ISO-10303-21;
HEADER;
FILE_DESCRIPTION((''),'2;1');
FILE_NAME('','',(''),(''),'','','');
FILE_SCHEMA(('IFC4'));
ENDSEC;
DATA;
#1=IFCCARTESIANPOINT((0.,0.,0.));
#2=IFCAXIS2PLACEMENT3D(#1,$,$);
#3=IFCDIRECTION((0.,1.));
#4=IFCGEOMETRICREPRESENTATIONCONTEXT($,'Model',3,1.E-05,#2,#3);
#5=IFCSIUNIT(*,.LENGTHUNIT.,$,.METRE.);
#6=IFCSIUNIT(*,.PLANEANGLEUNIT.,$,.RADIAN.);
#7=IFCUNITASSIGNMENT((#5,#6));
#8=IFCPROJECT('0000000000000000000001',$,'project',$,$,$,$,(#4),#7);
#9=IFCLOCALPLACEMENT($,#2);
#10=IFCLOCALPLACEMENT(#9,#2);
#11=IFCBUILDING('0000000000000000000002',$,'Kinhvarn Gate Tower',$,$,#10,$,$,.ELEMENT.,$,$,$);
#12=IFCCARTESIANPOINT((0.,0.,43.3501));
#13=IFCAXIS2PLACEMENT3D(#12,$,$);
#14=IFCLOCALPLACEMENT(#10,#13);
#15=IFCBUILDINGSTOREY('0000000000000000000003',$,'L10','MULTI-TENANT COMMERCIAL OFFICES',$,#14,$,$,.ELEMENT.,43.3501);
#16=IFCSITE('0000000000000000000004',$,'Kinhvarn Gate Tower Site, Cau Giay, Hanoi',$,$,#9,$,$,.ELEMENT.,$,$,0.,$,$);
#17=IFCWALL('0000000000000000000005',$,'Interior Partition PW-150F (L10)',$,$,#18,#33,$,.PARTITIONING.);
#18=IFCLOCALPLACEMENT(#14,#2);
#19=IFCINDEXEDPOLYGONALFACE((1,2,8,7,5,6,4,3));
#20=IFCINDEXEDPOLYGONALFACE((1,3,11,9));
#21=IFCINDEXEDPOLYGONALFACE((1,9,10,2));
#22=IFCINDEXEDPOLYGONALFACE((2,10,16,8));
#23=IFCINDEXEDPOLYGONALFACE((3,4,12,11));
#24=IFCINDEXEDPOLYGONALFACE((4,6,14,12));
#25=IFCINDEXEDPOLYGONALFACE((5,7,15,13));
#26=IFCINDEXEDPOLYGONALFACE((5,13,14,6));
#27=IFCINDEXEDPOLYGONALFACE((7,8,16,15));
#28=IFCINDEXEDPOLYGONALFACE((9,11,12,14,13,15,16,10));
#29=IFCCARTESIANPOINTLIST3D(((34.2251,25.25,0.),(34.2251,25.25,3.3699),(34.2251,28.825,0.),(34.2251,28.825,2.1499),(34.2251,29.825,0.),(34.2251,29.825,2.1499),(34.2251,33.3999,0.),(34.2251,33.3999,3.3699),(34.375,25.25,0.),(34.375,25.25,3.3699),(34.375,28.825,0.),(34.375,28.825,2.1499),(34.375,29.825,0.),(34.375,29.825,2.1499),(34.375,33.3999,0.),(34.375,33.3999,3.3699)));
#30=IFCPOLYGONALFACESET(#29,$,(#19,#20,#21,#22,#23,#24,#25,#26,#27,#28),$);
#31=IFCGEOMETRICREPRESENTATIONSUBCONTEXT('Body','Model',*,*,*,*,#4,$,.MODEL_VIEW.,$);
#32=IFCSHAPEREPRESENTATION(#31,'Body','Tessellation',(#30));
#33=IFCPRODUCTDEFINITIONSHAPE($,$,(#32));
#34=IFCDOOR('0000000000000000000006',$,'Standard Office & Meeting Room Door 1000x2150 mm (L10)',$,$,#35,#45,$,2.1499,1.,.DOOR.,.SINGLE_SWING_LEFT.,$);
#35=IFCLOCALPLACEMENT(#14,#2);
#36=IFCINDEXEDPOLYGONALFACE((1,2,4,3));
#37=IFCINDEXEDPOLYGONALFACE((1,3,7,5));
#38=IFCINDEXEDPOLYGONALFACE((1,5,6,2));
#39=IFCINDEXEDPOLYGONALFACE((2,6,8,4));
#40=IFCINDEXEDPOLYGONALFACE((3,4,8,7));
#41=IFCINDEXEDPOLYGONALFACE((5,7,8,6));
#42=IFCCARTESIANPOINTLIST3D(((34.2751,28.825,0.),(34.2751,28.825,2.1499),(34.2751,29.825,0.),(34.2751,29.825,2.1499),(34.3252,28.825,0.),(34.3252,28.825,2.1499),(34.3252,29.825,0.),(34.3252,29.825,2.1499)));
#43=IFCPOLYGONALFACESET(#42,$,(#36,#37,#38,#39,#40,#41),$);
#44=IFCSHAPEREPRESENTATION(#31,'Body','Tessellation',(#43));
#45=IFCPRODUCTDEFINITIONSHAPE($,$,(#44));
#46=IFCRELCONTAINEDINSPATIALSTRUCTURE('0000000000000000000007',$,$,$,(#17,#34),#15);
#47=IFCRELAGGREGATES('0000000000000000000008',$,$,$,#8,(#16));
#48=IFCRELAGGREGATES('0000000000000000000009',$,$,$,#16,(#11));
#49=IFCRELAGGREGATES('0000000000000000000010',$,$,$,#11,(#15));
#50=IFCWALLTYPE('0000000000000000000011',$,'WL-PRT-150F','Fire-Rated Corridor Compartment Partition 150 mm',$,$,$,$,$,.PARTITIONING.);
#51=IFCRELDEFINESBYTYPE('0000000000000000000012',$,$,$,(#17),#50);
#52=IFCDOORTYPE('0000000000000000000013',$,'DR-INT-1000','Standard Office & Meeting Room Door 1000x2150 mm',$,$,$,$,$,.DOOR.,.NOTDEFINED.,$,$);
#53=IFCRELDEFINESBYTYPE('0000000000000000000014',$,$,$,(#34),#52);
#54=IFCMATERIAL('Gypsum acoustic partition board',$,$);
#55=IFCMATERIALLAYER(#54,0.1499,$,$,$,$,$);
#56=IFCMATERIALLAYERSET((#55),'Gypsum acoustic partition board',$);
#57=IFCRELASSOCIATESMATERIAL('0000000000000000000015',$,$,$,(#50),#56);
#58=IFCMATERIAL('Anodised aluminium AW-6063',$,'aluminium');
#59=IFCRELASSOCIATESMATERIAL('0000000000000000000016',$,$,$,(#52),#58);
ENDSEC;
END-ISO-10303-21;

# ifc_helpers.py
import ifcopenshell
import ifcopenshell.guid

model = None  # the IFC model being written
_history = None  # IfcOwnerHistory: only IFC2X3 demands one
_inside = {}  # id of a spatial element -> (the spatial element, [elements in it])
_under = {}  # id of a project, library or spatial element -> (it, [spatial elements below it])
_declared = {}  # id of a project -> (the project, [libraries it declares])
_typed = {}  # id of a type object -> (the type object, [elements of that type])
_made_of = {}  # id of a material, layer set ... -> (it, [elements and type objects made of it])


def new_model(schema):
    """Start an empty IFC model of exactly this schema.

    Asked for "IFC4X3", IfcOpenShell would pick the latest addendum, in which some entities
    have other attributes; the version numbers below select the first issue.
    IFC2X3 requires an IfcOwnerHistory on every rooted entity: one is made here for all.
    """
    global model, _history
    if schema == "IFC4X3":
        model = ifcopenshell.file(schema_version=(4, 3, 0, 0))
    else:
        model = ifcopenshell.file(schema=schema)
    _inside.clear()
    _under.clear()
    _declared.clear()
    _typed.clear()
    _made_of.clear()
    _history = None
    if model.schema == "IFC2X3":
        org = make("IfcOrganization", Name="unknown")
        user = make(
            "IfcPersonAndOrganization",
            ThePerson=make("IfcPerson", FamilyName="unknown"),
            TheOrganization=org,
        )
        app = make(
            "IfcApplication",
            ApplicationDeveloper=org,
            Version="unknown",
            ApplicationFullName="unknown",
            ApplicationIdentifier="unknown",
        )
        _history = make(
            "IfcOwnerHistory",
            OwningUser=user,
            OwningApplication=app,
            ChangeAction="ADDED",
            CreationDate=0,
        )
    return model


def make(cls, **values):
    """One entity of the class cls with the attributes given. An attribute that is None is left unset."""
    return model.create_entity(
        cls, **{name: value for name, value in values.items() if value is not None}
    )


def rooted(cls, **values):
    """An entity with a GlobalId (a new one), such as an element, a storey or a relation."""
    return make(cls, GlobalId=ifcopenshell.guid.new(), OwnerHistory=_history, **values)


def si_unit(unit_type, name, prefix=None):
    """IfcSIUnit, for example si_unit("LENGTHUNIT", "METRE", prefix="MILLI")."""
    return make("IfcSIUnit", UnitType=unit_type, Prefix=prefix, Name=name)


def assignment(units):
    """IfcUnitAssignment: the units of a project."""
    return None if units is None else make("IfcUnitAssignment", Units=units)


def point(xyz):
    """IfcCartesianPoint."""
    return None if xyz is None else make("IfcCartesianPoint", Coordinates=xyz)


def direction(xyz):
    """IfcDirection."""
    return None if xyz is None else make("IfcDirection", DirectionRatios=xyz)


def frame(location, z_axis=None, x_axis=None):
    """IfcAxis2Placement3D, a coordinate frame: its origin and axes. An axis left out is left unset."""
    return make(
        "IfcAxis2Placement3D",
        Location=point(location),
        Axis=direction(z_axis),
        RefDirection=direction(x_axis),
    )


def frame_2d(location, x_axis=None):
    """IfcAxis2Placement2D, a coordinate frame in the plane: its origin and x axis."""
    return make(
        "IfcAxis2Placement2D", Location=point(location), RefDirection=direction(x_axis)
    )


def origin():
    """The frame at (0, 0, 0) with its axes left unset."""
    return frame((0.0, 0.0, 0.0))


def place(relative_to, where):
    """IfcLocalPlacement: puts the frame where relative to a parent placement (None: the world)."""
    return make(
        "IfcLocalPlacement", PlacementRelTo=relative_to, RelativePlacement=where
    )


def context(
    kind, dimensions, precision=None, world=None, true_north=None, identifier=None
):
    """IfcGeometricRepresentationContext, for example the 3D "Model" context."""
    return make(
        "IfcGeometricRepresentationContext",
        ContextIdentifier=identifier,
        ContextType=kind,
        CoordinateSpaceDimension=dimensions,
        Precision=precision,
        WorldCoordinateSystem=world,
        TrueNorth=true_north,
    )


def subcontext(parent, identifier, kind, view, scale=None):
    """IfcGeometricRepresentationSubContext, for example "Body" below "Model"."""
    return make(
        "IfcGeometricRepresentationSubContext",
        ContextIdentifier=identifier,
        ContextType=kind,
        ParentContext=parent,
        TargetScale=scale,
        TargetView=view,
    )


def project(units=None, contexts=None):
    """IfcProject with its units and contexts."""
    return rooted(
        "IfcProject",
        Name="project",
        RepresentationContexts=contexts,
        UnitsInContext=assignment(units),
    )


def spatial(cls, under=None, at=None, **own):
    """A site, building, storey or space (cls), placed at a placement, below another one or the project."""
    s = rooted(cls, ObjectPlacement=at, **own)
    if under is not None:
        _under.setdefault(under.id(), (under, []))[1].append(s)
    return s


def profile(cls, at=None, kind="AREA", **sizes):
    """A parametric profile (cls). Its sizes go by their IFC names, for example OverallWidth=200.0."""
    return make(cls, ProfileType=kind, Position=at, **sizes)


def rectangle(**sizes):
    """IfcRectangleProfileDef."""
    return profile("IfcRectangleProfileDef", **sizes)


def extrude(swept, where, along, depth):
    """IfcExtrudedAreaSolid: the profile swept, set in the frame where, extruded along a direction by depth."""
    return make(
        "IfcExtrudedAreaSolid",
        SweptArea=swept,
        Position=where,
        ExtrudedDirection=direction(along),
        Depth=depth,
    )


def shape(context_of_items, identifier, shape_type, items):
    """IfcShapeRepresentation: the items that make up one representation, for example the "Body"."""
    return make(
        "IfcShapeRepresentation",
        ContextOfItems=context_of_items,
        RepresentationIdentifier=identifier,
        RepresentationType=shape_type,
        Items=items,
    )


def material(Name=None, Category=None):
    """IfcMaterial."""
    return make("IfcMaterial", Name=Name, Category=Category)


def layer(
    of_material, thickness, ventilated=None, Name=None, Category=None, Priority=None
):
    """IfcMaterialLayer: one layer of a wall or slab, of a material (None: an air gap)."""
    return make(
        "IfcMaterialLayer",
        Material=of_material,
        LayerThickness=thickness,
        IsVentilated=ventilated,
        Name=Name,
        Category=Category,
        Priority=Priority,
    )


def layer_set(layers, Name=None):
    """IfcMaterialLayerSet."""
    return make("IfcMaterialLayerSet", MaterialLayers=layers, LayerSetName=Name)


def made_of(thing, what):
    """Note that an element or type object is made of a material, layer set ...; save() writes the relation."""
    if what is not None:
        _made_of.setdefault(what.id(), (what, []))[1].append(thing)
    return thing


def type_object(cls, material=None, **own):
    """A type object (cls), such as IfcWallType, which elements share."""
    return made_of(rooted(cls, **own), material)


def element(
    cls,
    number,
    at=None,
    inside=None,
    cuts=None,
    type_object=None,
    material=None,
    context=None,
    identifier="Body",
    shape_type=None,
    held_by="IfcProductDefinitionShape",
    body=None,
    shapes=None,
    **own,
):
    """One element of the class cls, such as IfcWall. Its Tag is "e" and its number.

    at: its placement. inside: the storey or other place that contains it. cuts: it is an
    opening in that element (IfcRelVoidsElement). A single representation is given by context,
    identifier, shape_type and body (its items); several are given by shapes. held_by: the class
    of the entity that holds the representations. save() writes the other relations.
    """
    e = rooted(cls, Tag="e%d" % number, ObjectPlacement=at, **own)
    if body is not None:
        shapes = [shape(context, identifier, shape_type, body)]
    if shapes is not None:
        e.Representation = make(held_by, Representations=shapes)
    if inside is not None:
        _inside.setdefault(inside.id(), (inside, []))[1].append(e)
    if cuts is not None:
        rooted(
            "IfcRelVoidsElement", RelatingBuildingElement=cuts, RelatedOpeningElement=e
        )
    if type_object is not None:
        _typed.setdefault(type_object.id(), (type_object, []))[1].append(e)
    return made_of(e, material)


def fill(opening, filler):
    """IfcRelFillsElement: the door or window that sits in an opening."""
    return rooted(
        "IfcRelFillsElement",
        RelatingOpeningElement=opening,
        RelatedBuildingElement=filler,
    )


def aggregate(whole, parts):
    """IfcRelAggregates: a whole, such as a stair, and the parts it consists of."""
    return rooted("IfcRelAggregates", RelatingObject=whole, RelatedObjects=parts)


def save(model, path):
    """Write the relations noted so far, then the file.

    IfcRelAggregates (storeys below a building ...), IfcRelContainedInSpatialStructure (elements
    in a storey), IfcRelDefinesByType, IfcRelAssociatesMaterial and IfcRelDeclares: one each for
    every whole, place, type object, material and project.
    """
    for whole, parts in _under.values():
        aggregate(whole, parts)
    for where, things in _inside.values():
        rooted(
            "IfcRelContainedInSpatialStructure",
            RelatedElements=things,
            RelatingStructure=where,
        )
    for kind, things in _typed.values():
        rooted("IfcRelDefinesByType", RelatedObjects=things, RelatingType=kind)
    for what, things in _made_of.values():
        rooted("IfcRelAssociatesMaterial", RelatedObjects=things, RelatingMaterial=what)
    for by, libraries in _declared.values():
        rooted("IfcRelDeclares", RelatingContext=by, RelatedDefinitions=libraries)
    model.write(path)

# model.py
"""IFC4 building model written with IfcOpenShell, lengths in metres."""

from ifc_helpers import new_model, si_unit, direction, frame, frame_2d, origin, place, context, subcontext, project, spatial, rectangle, extrude, material, layer, layer_set, type_object, element, fill, save


model = new_model("IFC4")

# Units and contexts
model_context = context("Model", 3, precision=1e-05, world=origin(), true_north=direction((0.0, 1.0)))
body_context = subcontext(model_context, "Body", "Model", "MODEL_VIEW")
ifc_project = project(units=[si_unit("LENGTHUNIT", "METRE"), si_unit("PLANEANGLEUNIT", "RADIAN")], contexts=[model_context])

# Site, building, storey
site_placement = place(None, origin())
site = spatial("IfcSite", under=ifc_project, at=site_placement, Name="Kinhvarn Gate Tower Site, Cau Giay, Hanoi", CompositionType="ELEMENT", RefElevation=0.0)
building_placement = place(site_placement, origin())
building = spatial("IfcBuilding", under=site, at=building_placement, Name="Kinhvarn Gate Tower", CompositionType="ELEMENT")
storey_placement = place(building_placement, frame((0.0, 0.0, 43.3501)))
storey = spatial("IfcBuildingStorey", under=building, at=storey_placement, Name="L10", Description="MULTI-TENANT COMMERCIAL OFFICES", CompositionType="ELEMENT", Elevation=43.3501)

# Shared definitions
ifc_material_1 = material(Name="Gypsum acoustic partition board")

# Shared definitions
ifc_material_2 = material(Name="Anodised aluminium AW-6063", Category="aluminium")

# Shared definitions
ifc_layer_1 = layer(ifc_material_1, 0.1499)
ifc_layer_set_1 = layer_set([ifc_layer_1], Name="Gypsum acoustic partition board")
wall_type_1 = type_object("IfcWallType", Name="WL-PRT-150F", Description="Fire-Rated Corridor Compartment Partition 150 mm", PredefinedType="PARTITIONING", material=ifc_layer_set_1)
door_type_1 = type_object("IfcDoorType", Name="DR-INT-1000", Description="Standard Office & Meeting Room Door 1000x2150 mm", OperationType="NOTDEFINED", PredefinedType="DOOR", material=ifc_material_2)

# Wall, opening, door
wall_1_placement = place(storey_placement, frame((34.3, 25.25, 0.0), z_axis=(0.0, 0.0, 1.0), x_axis=(0.0, 1.0, 0.0)))
wall_1 = element("IfcWall", 1, at=wall_1_placement, inside=storey, type_object=wall_type_1, Name="Interior Partition PW-150F (L10)", PredefinedType="PARTITIONING", context=body_context, shape_type="SweptSolid", body=[
    extrude(rectangle(XDim=8.1499, YDim=0.1499, at=frame_2d((4.075, 0.0))), origin(), (0.0, 0.0, 1.0), 3.3699),
])
opening_1_placement = place(wall_1_placement, frame((3.575, 0.0, 0.0)))
opening_1 = element("IfcOpeningElement", 2, at=opening_1_placement, cuts=wall_1, PredefinedType="OPENING", context=body_context, shape_type="SweptSolid", body=[
    extrude(rectangle(XDim=1.0, YDim=2.1499, at=frame_2d((0.5, 1.075))), frame((0.0, 0.085, 0.0), z_axis=(0.0, -1.0, 0.0), x_axis=(1.0, 0.0, 0.0)), (0.0, 0.0, 1.0), 0.1699),
])
door_1_placement = place(opening_1_placement, origin())
door_1 = element("IfcDoor", 3, at=door_1_placement, inside=storey, type_object=door_type_1, Name="Standard Office & Meeting Room Door 1000x2150 mm (L10)", OperationType="SINGLE_SWING_LEFT", OverallHeight=2.1499, OverallWidth=1.0, PredefinedType="DOOR", context=body_context, shape_type="SweptSolid", body=[
    extrude(rectangle(XDim=1.0, YDim=2.1499, at=frame_2d((0.5, 1.075))), frame((0.0, 0.0249, 0.0), z_axis=(0.0, -1.0, 0.0), x_axis=(1.0, 0.0, 0.0)), (0.0, 0.0, 1.0), 0.05),
])
fill(opening_1, door_1)

save(model, "model.ifc")
